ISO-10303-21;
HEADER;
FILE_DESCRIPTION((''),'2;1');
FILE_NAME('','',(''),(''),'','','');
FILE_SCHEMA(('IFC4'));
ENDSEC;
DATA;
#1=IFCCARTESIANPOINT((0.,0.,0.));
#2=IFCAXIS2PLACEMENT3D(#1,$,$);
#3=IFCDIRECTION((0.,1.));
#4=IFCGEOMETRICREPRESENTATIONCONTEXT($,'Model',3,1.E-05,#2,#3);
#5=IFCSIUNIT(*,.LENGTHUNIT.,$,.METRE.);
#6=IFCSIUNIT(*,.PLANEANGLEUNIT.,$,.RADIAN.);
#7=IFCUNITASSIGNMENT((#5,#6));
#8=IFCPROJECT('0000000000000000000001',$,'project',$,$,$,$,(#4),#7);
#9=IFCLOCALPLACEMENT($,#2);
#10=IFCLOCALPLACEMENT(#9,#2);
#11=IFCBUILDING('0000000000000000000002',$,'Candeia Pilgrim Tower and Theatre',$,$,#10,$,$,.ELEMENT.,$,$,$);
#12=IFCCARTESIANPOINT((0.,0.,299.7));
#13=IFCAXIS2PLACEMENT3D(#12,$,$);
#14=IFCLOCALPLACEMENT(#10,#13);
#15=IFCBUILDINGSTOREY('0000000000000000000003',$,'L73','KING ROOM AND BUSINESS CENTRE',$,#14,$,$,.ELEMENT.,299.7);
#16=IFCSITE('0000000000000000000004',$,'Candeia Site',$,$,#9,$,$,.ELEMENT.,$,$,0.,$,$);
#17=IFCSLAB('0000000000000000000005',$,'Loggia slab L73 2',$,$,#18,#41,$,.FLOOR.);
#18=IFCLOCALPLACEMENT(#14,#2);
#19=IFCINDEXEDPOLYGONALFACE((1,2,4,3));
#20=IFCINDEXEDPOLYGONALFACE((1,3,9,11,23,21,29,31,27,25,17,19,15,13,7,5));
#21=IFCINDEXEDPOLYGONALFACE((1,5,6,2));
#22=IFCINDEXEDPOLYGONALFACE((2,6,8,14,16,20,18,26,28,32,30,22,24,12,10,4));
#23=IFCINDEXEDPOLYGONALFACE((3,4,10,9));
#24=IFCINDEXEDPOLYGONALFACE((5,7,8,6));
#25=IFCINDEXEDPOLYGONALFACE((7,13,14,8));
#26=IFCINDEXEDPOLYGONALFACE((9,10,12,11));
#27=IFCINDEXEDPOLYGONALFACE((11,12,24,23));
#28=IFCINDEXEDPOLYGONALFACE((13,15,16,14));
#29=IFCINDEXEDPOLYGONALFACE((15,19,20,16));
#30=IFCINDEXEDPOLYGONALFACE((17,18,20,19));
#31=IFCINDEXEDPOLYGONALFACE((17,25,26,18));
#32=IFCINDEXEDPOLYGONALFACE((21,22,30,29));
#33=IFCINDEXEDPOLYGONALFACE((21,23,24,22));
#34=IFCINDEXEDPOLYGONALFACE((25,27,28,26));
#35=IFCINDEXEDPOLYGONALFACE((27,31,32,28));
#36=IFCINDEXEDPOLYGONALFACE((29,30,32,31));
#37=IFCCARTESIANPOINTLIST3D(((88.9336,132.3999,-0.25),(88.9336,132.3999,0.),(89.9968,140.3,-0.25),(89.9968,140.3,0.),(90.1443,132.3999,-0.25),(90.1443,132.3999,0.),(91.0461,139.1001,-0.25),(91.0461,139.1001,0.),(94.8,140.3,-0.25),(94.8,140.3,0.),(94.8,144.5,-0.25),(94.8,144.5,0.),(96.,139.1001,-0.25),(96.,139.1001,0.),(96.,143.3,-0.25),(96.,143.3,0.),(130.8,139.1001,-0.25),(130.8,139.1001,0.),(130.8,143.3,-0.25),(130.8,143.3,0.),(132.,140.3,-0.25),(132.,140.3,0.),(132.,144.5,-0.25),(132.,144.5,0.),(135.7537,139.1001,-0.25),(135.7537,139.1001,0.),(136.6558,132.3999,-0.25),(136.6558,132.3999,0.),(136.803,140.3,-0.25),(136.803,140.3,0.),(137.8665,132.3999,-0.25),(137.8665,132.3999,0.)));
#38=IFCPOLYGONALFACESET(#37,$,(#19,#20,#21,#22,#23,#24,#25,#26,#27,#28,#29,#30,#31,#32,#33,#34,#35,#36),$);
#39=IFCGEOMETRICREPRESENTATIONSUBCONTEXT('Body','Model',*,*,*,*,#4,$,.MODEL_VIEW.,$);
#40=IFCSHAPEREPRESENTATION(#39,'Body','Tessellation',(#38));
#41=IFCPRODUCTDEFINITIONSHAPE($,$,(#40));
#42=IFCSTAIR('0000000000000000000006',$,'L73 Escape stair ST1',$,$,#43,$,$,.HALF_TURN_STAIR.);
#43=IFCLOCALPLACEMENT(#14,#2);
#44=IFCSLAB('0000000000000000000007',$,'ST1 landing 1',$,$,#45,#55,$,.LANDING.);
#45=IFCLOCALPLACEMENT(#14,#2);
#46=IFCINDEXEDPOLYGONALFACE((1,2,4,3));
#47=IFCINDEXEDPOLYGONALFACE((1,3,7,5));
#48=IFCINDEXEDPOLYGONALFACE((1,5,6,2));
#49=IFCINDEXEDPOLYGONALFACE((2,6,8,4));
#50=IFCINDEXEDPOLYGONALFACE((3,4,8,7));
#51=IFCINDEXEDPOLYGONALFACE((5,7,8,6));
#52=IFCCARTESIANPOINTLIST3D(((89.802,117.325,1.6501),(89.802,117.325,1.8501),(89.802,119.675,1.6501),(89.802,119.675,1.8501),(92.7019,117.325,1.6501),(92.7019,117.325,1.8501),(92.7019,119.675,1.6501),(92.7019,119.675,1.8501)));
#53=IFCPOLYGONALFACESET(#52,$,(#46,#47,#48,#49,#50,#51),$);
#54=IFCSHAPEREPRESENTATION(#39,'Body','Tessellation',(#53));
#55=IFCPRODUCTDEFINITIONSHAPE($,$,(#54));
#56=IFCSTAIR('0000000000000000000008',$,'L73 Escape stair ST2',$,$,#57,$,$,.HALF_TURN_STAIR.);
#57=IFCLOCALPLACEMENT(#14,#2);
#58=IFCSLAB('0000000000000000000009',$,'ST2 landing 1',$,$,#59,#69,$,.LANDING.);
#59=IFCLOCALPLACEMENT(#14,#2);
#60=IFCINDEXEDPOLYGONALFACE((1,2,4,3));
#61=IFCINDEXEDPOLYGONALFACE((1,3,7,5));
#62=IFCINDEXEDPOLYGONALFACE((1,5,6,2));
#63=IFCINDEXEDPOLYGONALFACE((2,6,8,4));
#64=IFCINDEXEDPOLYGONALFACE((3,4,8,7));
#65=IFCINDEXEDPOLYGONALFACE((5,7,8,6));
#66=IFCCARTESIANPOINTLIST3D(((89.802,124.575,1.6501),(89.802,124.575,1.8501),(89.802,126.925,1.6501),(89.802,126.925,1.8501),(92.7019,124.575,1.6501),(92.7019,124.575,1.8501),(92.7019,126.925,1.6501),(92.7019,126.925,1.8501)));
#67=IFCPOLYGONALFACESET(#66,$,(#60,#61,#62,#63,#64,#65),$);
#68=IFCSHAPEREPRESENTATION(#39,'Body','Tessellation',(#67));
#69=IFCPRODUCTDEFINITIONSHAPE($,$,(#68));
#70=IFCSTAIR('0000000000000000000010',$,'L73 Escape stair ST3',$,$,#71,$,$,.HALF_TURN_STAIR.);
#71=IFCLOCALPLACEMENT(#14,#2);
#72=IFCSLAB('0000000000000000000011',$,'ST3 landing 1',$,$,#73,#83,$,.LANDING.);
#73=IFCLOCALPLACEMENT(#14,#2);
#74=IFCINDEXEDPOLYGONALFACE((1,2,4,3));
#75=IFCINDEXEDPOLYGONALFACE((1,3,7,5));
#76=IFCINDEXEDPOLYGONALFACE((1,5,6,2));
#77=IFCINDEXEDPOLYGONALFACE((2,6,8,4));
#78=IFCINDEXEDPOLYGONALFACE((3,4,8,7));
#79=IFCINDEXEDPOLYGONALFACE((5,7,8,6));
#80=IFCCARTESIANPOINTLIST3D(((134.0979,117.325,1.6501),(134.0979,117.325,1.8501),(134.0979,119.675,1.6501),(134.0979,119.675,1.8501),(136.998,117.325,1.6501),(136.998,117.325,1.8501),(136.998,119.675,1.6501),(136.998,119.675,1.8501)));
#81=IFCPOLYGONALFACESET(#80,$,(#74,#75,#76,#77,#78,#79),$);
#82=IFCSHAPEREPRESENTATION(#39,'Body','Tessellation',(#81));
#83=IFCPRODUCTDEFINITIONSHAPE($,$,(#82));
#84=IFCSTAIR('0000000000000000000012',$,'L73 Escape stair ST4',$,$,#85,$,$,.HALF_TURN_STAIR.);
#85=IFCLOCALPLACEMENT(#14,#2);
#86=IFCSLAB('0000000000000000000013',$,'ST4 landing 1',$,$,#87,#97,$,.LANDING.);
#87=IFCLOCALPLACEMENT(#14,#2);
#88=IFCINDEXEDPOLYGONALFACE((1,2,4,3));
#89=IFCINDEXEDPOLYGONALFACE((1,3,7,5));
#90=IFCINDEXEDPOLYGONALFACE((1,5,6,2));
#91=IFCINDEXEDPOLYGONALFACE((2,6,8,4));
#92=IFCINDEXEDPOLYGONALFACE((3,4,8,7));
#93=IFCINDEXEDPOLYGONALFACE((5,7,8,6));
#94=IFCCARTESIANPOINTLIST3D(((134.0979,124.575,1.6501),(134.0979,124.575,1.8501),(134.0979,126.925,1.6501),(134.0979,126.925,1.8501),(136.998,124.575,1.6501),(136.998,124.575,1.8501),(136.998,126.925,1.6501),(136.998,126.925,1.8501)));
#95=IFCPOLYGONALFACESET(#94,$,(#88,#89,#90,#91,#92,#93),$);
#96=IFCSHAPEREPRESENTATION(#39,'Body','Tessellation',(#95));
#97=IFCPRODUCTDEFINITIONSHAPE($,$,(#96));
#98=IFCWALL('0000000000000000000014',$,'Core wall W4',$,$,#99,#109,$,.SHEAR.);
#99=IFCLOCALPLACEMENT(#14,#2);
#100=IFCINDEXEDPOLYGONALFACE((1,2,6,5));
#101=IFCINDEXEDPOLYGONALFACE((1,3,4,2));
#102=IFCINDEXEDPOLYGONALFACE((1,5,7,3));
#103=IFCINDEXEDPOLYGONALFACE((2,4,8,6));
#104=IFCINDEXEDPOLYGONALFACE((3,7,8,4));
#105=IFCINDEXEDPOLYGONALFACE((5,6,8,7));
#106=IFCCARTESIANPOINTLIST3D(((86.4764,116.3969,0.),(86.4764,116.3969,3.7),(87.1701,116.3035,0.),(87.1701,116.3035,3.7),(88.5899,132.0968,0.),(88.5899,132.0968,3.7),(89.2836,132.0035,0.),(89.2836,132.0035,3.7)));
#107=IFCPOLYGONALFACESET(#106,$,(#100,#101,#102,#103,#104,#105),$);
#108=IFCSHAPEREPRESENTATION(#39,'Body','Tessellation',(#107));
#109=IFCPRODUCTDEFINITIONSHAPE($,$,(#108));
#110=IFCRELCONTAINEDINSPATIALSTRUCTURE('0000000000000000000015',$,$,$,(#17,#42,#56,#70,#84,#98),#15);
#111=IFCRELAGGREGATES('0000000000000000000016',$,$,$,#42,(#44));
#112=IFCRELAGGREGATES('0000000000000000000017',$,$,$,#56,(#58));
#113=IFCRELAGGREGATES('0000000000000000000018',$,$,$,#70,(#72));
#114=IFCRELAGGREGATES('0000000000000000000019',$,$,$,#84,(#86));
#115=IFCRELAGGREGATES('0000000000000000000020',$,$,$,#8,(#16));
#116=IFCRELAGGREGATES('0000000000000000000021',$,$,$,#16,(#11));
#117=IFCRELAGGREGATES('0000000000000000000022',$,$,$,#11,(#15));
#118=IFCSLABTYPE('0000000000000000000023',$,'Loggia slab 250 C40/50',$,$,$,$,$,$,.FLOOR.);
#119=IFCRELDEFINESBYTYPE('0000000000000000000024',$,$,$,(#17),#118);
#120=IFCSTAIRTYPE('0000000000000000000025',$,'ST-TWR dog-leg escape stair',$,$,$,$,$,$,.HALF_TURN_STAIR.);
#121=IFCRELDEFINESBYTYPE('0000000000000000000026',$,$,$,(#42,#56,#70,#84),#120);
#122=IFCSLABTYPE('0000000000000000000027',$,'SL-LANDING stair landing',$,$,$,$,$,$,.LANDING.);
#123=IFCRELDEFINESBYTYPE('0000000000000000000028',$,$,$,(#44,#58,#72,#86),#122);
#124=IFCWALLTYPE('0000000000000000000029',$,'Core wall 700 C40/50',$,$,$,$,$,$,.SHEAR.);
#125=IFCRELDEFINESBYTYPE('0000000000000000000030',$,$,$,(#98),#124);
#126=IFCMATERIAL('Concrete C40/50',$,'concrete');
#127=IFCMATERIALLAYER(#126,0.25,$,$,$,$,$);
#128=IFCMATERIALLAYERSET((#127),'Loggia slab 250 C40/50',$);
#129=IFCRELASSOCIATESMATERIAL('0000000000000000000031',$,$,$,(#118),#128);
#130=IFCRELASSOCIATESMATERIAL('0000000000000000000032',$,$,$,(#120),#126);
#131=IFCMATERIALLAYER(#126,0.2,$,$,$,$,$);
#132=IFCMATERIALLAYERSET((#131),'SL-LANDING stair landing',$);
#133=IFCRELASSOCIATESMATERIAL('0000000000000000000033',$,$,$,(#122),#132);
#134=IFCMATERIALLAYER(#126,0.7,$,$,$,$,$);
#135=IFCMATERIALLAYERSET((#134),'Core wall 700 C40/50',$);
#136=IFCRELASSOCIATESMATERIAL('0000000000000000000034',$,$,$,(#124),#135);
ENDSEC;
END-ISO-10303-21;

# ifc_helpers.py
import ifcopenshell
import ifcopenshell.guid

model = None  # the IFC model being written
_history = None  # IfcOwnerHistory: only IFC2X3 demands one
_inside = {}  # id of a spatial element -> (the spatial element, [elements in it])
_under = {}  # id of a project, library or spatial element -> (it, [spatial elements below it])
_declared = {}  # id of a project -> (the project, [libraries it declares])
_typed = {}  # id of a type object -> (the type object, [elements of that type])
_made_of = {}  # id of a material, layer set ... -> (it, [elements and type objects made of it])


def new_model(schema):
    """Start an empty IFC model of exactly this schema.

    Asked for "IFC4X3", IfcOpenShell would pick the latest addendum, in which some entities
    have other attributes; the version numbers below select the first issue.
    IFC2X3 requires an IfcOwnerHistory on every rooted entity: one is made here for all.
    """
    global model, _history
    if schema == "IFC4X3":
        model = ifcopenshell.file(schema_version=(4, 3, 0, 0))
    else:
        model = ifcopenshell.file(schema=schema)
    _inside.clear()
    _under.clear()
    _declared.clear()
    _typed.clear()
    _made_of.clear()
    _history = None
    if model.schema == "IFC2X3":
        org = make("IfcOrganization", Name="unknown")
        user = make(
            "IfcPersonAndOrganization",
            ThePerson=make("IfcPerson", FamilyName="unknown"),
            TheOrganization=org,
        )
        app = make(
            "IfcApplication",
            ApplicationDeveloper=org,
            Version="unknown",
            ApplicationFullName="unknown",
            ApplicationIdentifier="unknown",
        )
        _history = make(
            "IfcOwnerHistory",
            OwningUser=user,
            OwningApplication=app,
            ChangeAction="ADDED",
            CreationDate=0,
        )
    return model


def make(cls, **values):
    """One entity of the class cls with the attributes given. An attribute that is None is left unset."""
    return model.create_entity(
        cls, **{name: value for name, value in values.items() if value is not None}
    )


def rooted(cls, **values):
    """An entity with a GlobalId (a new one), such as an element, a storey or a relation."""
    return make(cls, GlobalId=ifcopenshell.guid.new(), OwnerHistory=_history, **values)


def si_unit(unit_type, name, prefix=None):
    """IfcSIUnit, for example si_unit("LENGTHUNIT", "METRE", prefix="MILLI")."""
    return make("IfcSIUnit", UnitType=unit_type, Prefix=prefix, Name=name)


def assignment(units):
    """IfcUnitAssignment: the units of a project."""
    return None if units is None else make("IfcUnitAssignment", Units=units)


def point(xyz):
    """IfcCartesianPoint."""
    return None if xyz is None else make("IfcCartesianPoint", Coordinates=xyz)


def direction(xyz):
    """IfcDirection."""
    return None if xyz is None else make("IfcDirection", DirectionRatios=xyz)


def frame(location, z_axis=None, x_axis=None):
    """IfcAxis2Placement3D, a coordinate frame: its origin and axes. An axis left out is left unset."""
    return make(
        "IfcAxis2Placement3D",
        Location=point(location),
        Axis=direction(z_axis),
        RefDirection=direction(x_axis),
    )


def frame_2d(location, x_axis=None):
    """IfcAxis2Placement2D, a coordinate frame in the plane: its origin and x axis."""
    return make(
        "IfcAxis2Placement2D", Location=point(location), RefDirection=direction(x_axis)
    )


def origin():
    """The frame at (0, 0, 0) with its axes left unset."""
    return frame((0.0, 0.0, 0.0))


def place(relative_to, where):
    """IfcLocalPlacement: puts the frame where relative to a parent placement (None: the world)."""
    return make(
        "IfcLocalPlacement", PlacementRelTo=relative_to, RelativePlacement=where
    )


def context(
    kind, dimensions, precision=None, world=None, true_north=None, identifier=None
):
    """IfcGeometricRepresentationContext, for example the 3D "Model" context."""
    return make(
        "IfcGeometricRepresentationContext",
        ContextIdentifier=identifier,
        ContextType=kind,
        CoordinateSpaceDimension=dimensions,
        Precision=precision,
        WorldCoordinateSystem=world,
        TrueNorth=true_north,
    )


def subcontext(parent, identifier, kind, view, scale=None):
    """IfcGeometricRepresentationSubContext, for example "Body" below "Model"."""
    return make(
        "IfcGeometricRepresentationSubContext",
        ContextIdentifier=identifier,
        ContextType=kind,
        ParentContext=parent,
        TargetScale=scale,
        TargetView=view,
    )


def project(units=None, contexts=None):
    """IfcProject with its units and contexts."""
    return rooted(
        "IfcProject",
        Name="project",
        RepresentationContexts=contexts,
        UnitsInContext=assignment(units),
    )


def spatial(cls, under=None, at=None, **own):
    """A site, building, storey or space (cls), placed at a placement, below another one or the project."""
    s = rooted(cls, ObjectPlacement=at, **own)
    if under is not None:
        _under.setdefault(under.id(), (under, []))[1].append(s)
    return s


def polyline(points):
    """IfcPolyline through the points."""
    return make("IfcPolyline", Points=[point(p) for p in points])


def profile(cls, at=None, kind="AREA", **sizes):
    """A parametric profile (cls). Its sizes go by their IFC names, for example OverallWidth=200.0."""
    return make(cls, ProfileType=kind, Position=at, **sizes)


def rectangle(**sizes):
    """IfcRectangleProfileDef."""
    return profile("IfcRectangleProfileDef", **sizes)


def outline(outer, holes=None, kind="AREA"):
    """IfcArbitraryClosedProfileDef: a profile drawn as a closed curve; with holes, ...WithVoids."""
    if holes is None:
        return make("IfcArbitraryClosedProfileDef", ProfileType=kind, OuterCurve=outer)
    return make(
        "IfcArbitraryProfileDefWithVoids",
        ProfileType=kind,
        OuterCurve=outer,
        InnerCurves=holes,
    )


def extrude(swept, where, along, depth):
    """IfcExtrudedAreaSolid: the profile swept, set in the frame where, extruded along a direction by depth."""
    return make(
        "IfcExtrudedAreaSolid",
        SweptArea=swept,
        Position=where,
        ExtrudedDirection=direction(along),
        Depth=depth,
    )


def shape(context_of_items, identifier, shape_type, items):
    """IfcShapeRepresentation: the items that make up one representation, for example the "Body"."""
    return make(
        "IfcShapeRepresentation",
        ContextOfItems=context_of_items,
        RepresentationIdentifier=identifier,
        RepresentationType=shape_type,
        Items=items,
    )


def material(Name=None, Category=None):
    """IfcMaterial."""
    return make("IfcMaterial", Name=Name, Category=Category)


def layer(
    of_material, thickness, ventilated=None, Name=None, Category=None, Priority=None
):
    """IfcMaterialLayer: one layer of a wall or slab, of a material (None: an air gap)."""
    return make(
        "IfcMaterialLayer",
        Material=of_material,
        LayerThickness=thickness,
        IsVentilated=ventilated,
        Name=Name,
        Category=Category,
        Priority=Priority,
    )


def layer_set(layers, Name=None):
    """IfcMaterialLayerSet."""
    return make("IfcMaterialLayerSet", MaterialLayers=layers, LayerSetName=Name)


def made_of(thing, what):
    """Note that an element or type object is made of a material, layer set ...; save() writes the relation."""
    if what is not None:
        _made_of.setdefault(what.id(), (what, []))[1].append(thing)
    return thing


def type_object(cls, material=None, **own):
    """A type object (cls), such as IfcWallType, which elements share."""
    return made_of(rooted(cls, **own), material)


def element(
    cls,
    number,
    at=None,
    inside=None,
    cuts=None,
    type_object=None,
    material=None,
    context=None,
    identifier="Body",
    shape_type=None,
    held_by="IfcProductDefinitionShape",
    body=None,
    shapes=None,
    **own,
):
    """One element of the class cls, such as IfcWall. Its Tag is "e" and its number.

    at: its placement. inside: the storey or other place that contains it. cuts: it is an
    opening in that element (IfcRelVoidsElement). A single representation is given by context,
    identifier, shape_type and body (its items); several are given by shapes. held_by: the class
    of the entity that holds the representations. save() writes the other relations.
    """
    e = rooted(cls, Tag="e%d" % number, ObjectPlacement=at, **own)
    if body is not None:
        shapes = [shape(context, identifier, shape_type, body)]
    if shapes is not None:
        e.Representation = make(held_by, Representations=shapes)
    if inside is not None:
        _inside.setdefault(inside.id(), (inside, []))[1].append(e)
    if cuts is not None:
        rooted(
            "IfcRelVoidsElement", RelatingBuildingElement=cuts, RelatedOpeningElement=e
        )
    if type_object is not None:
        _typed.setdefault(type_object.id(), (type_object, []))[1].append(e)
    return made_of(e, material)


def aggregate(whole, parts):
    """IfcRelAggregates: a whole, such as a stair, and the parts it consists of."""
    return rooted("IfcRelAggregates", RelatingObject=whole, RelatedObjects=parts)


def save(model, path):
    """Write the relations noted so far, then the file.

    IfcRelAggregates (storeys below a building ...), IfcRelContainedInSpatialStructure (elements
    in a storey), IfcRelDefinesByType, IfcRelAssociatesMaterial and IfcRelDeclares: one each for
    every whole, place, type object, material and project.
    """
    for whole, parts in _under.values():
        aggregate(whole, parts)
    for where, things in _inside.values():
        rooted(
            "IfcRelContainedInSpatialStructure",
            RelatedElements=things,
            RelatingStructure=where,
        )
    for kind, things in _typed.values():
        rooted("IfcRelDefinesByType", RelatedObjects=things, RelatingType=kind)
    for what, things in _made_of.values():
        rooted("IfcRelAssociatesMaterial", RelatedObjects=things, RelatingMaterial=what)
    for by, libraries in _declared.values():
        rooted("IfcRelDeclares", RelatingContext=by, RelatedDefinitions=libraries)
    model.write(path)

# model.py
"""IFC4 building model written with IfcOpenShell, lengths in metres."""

from ifc_helpers import new_model, si_unit, direction, frame, frame_2d, origin, place, context, subcontext, project, spatial, polyline, rectangle, outline, extrude, material, layer, layer_set, type_object, element, aggregate, save


model = new_model("IFC4")

# Units and contexts
model_context = context("Model", 3, precision=1e-05, world=origin(), true_north=direction((0.0, 1.0)))
body_context = subcontext(model_context, "Body", "Model", "MODEL_VIEW")
ifc_project = project(units=[si_unit("LENGTHUNIT", "METRE"), si_unit("PLANEANGLEUNIT", "RADIAN")], contexts=[model_context])

# Site, building, storey
site_placement = place(None, origin())
site = spatial("IfcSite", under=ifc_project, at=site_placement, Name="Candeia Site", CompositionType="ELEMENT", RefElevation=0.0)
building_placement = place(site_placement, origin())
building = spatial("IfcBuilding", under=site, at=building_placement, Name="Candeia Pilgrim Tower and Theatre", CompositionType="ELEMENT")
storey_placement = place(building_placement, frame((0.0, 0.0, 299.7)))
storey = spatial("IfcBuildingStorey", under=building, at=storey_placement, Name="L73", Description="KING ROOM AND BUSINESS CENTRE", CompositionType="ELEMENT", Elevation=299.7)

# Shared definitions
ifc_material_1 = material(Name="Concrete C40/50", Category="concrete")

# Slab
ifc_layer_1 = layer(ifc_material_1, 0.25)
ifc_layer_set_1 = layer_set([ifc_layer_1], Name="Loggia slab 250 C40/50")
slab_type_1 = type_object("IfcSlabType", Name="Loggia slab 250 C40/50", PredefinedType="FLOOR", material=ifc_layer_set_1)
slab_1_placement = place(storey_placement, frame((0.0, 0.0, -0.25)))
element("IfcSlab", 1, at=slab_1_placement, inside=storey, type_object=slab_type_1, Name="Loggia slab L73 2", PredefinedType="FLOOR", context=body_context, shape_type="SweptSolid", body=[
    extrude(outline(polyline([(136.6558, 132.3999), (135.7537, 139.1001), (130.8, 139.1001), (130.8, 143.3), (96.0, 143.3), (96.0, 139.1001), (91.0461, 139.1001), (90.1443, 132.3999), (88.9336, 132.3999), (89.9968, 140.3), (94.8, 140.3), (94.8, 144.5), (132.0, 144.5), (132.0, 140.3), (136.803, 140.3), (137.8665, 132.3999), (136.6558, 132.3999)])), origin(), (0.0, 0.0, 1.0), 0.25),
])

# Stairs, slabs
stair_type = type_object("IfcStairType", Name="ST-TWR dog-leg escape stair", PredefinedType="HALF_TURN_STAIR", material=ifc_material_1)
stair_1_placement = place(storey_placement, origin())
stair_1 = element("IfcStair", 2, at=stair_1_placement, inside=storey, type_object=stair_type, Name="L73 Escape stair ST1", PredefinedType="HALF_TURN_STAIR")
ifc_layer_2 = layer(ifc_material_1, 0.2)
ifc_layer_set_2 = layer_set([ifc_layer_2], Name="SL-LANDING stair landing")
slab_type_2 = type_object("IfcSlabType", Name="SL-LANDING stair landing", PredefinedType="LANDING", material=ifc_layer_set_2)
slab_2_placement = place(storey_placement, frame((0.0, 0.0, 1.6501)))
slab_2 = element("IfcSlab", 3, at=slab_2_placement, type_object=slab_type_2, Name="ST1 landing 1", PredefinedType="LANDING", context=body_context, shape_type="SweptSolid", body=[
    extrude(outline(polyline([(89.802, 119.675), (89.802, 117.325), (92.7019, 117.325), (92.7019, 119.675), (89.802, 119.675)])), origin(), (0.0, 0.0, 1.0), 0.2),
])
aggregate(stair_1, [slab_2])
stair_2_placement = place(storey_placement, origin())
stair_2 = element("IfcStair", 4, at=stair_2_placement, inside=storey, type_object=stair_type, Name="L73 Escape stair ST2", PredefinedType="HALF_TURN_STAIR")
slab_3_placement = place(storey_placement, frame((0.0, 0.0, 1.6501)))
slab_3 = element("IfcSlab", 5, at=slab_3_placement, type_object=slab_type_2, Name="ST2 landing 1", PredefinedType="LANDING", context=body_context, shape_type="SweptSolid", body=[
    extrude(outline(polyline([(89.802, 126.925), (89.802, 124.575), (92.7019, 124.575), (92.7019, 126.925), (89.802, 126.925)])), origin(), (0.0, 0.0, 1.0), 0.2),
])
aggregate(stair_2, [slab_3])
stair_3_placement = place(storey_placement, origin())
stair_3 = element("IfcStair", 6, at=stair_3_placement, inside=storey, type_object=stair_type, Name="L73 Escape stair ST3", PredefinedType="HALF_TURN_STAIR")
slab_4_placement = place(storey_placement, frame((0.0, 0.0, 1.6501)))
slab_4 = element("IfcSlab", 7, at=slab_4_placement, type_object=slab_type_2, Name="ST3 landing 1", PredefinedType="LANDING", context=body_context, shape_type="SweptSolid", body=[
    extrude(outline(polyline([(134.0979, 119.675), (134.0979, 117.325), (136.998, 117.325), (136.998, 119.675), (134.0979, 119.675)])), origin(), (0.0, 0.0, 1.0), 0.2),
])
aggregate(stair_3, [slab_4])
stair_4_placement = place(storey_placement, origin())
stair_4 = element("IfcStair", 8, at=stair_4_placement, inside=storey, type_object=stair_type, Name="L73 Escape stair ST4", PredefinedType="HALF_TURN_STAIR")
slab_5_placement = place(storey_placement, frame((0.0, 0.0, 1.6501)))
slab_5 = element("IfcSlab", 9, at=slab_5_placement, type_object=slab_type_2, Name="ST4 landing 1", PredefinedType="LANDING", context=body_context, shape_type="SweptSolid", body=[
    extrude(outline(polyline([(134.0979, 126.925), (134.0979, 124.575), (136.998, 124.575), (136.998, 126.925), (134.0979, 126.925)])), origin(), (0.0, 0.0, 1.0), 0.2),
])
aggregate(stair_4, [slab_5])

# Wall
ifc_layer_3 = layer(ifc_material_1, 0.7)
ifc_layer_set_3 = layer_set([ifc_layer_3], Name="Core wall 700 C40/50")
wall_type = type_object("IfcWallType", Name="Core wall 700 C40/50", PredefinedType="SHEAR", material=ifc_layer_set_3)
wall_placement = place(storey_placement, frame((86.8232, 116.3501, 0.0), z_axis=(0.0, 0.0, 1.0), x_axis=(0.133416, 0.99106, 0.0)))
element("IfcWall", 10, at=wall_placement, inside=storey, type_object=wall_type, Name="Core wall W4", PredefinedType="SHEAR", context=body_context, shape_type="SweptSolid", body=[
    extrude(rectangle(XDim=15.8416, YDim=0.7, at=frame_2d((7.9209, 0.0))), origin(), (0.0, 0.0, 1.0), 3.7),
])

save(model, "model.ifc")
